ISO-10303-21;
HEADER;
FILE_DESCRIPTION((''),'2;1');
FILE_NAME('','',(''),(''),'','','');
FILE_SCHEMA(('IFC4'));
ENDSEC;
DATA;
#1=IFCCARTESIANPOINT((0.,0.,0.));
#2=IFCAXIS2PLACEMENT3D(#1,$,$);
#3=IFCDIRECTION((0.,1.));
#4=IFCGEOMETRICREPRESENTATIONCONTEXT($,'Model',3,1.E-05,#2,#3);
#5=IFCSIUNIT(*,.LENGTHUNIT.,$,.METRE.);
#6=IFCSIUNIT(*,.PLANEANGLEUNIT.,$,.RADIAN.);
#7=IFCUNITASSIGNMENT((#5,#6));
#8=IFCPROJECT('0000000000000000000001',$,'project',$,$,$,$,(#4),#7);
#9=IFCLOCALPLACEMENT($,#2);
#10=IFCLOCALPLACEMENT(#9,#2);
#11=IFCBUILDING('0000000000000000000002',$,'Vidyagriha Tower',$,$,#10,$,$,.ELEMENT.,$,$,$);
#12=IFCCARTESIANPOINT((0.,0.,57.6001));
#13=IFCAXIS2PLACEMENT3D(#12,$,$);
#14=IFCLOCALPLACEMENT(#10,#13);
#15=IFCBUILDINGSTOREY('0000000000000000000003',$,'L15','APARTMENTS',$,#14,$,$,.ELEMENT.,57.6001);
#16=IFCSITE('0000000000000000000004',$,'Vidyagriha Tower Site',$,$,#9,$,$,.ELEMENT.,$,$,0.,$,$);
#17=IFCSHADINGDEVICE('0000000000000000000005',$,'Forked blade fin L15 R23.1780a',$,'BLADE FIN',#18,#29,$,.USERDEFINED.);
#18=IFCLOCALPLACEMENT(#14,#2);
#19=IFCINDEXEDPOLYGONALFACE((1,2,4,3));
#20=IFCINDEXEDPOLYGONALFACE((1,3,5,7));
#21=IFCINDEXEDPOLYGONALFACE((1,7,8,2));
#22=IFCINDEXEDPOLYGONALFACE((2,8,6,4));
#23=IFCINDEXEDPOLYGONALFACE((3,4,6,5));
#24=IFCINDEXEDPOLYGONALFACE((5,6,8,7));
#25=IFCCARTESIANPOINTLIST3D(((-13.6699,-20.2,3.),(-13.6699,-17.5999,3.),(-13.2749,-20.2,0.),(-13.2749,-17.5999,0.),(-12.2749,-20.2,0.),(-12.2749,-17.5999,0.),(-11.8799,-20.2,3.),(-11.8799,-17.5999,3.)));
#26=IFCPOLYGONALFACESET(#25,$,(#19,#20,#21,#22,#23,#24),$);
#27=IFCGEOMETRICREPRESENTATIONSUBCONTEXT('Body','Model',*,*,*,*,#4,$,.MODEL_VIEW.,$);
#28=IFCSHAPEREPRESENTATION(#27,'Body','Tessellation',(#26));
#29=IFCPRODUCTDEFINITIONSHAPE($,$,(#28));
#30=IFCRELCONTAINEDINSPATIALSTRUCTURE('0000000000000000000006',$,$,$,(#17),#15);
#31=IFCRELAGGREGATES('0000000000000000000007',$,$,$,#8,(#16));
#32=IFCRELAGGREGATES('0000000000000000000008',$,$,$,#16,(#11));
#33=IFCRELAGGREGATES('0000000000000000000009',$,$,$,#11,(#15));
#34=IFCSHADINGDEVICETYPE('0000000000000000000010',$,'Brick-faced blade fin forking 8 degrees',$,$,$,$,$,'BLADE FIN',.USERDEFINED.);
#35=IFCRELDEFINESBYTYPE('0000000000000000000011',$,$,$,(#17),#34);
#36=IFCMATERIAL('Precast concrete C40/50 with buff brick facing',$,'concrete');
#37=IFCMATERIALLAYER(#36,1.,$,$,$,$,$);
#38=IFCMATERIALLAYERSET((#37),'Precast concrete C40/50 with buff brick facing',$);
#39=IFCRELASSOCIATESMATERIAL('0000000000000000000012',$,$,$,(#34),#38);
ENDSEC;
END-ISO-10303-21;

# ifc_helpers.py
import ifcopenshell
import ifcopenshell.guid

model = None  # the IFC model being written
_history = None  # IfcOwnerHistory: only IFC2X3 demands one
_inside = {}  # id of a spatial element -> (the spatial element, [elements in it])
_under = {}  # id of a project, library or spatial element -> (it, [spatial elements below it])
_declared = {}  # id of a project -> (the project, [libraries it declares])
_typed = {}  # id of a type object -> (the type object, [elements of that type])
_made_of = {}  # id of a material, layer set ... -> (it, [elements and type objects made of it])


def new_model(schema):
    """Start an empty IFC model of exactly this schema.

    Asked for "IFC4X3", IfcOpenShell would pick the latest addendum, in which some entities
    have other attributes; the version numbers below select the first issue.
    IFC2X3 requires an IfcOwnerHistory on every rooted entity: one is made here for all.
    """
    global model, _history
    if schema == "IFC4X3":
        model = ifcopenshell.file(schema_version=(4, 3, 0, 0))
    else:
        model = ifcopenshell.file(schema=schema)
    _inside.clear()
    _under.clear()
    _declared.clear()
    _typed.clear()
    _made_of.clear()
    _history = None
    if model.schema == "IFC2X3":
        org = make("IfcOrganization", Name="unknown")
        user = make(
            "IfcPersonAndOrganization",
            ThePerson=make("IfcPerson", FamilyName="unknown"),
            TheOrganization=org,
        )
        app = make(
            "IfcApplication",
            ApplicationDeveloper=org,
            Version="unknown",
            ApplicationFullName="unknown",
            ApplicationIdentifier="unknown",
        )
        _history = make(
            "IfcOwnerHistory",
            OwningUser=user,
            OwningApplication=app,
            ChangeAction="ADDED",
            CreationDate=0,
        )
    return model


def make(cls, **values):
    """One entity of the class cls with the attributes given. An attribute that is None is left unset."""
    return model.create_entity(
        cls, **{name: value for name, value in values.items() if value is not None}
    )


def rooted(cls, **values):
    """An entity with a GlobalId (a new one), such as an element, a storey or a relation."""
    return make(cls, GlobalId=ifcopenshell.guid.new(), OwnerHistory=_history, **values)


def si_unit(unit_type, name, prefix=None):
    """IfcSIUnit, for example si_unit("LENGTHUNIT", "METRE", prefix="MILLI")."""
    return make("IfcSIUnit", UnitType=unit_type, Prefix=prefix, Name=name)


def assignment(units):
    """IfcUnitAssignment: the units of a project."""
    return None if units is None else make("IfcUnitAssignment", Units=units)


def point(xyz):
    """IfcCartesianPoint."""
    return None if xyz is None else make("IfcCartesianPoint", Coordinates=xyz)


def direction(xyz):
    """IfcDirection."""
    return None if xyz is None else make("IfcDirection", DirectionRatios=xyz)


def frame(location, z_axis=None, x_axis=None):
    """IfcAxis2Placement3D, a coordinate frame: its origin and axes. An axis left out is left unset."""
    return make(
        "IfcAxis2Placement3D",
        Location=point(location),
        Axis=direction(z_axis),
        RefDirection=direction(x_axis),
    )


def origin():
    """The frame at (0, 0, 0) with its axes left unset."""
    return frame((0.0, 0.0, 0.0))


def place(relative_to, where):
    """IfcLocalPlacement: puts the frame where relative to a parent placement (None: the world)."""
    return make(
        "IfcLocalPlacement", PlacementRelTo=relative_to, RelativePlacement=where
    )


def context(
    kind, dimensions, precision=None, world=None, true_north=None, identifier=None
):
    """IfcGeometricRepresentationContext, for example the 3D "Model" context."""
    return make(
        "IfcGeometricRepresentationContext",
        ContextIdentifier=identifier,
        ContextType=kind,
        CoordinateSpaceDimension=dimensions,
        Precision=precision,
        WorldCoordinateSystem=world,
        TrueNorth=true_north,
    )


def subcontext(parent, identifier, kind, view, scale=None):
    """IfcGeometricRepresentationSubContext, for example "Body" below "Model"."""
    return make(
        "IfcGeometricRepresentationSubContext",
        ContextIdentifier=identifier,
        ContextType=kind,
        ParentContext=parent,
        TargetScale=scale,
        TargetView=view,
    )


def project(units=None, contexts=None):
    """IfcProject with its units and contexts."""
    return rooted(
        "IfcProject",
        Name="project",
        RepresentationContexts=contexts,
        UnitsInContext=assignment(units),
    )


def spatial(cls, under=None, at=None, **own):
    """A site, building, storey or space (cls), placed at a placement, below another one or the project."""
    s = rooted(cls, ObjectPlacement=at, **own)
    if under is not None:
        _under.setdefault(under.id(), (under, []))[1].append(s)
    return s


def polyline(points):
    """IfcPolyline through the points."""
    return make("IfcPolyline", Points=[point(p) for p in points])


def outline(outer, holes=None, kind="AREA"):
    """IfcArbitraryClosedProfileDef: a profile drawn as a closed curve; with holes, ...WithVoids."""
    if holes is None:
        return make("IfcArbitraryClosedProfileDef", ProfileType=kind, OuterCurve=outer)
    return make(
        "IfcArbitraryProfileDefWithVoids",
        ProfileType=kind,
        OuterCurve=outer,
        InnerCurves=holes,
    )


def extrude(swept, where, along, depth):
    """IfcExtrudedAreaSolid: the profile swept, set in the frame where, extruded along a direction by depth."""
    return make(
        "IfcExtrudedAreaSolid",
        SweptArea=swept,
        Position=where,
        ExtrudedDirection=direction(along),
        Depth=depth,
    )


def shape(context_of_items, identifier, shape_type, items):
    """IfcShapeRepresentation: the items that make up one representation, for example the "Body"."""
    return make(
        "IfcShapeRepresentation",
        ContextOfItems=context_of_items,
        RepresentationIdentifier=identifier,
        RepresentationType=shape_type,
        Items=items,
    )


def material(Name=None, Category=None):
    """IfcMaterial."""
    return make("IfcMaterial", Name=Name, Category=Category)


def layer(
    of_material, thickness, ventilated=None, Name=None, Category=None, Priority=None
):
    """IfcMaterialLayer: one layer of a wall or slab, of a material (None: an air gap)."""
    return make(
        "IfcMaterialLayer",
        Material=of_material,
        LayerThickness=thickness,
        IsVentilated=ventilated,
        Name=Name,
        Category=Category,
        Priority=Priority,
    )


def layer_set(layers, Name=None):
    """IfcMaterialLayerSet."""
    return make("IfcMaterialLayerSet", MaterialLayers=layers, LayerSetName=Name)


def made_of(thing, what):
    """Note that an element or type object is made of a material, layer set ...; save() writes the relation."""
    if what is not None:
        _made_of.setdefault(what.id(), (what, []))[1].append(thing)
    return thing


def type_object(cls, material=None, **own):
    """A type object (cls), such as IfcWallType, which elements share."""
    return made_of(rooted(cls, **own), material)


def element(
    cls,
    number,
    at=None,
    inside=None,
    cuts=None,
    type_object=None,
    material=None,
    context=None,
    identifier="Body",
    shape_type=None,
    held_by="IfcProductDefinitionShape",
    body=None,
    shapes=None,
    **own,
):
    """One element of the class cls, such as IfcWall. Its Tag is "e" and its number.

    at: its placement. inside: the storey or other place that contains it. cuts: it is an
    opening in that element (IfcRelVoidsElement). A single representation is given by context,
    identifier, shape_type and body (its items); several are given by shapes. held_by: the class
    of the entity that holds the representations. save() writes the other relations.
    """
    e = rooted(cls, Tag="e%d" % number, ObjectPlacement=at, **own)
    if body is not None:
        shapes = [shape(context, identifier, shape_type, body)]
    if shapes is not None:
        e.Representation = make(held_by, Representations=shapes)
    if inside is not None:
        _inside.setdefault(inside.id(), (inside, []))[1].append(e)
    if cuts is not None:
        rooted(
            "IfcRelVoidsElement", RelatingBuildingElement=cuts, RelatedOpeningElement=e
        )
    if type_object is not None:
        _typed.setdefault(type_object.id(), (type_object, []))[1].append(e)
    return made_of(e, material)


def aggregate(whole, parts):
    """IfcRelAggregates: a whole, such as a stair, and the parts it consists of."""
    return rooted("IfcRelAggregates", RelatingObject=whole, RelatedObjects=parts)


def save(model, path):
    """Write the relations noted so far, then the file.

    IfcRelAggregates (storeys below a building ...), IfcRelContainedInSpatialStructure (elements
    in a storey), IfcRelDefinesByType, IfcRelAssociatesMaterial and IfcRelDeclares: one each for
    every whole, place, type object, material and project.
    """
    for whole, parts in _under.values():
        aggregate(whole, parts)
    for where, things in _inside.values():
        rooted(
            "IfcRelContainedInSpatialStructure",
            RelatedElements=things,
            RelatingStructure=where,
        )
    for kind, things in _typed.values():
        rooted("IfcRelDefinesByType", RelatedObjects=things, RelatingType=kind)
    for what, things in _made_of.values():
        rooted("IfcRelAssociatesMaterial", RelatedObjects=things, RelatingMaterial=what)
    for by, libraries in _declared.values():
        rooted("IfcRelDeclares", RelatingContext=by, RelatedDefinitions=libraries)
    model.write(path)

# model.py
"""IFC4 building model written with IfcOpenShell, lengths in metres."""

from ifc_helpers import new_model, si_unit, direction, frame, origin, place, context, subcontext, project, spatial, polyline, outline, extrude, material, layer, layer_set, type_object, element, save


model = new_model("IFC4")

# Units and contexts
model_context = context("Model", 3, precision=1e-05, world=origin(), true_north=direction((0.0, 1.0)))
body_context = subcontext(model_context, "Body", "Model", "MODEL_VIEW")
ifc_project = project(units=[si_unit("LENGTHUNIT", "METRE"), si_unit("PLANEANGLEUNIT", "RADIAN")], contexts=[model_context])

# Site, building, storey
site_placement = place(None, origin())
site = spatial("IfcSite", under=ifc_project, at=site_placement, Name="Vidyagriha Tower Site", CompositionType="ELEMENT", RefElevation=0.0)
building_placement = place(site_placement, origin())
building = spatial("IfcBuilding", under=site, at=building_placement, Name="Vidyagriha Tower", CompositionType="ELEMENT")
storey_placement = place(building_placement, frame((0.0, 0.0, 57.6001)))
storey = spatial("IfcBuildingStorey", under=building, at=storey_placement, Name="L15", Description="APARTMENTS", CompositionType="ELEMENT", Elevation=57.6001)

# Shading device
ifc_material_1 = material(Name="Precast concrete C40/50 with buff brick facing", Category="concrete")
ifc_layer_1 = layer(ifc_material_1, 1.0)
ifc_layer_set_1 = layer_set([ifc_layer_1], Name="Precast concrete C40/50 with buff brick facing")
shading_device_type_1 = type_object("IfcShadingDeviceType", Name="Brick-faced blade fin forking 8 degrees", ElementType="BLADE FIN", PredefinedType="USERDEFINED", material=ifc_layer_set_1)
shading_device_1_placement = place(storey_placement, frame((-13.6699, -18.8999, 0.0)))
element("IfcShadingDevice", 1, at=shading_device_1_placement, inside=storey, type_object=shading_device_type_1, Name="Forked blade fin L15 R23.1780a", ObjectType="BLADE FIN", PredefinedType="USERDEFINED", context=body_context, shape_type="SweptSolid", body=[
    extrude(outline(polyline([(0.395, 0.0), (1.395, 0.0), (1.79, 3.0), (0.0, 3.0), (0.395, 0.0)])), frame((0.0, 1.3, 0.0), z_axis=(0.0, -1.0, 0.0), x_axis=(1.0, 0.0, 0.0)), (0.0, 0.0, 1.0), 2.6001),
])

save(model, "model.ifc")
